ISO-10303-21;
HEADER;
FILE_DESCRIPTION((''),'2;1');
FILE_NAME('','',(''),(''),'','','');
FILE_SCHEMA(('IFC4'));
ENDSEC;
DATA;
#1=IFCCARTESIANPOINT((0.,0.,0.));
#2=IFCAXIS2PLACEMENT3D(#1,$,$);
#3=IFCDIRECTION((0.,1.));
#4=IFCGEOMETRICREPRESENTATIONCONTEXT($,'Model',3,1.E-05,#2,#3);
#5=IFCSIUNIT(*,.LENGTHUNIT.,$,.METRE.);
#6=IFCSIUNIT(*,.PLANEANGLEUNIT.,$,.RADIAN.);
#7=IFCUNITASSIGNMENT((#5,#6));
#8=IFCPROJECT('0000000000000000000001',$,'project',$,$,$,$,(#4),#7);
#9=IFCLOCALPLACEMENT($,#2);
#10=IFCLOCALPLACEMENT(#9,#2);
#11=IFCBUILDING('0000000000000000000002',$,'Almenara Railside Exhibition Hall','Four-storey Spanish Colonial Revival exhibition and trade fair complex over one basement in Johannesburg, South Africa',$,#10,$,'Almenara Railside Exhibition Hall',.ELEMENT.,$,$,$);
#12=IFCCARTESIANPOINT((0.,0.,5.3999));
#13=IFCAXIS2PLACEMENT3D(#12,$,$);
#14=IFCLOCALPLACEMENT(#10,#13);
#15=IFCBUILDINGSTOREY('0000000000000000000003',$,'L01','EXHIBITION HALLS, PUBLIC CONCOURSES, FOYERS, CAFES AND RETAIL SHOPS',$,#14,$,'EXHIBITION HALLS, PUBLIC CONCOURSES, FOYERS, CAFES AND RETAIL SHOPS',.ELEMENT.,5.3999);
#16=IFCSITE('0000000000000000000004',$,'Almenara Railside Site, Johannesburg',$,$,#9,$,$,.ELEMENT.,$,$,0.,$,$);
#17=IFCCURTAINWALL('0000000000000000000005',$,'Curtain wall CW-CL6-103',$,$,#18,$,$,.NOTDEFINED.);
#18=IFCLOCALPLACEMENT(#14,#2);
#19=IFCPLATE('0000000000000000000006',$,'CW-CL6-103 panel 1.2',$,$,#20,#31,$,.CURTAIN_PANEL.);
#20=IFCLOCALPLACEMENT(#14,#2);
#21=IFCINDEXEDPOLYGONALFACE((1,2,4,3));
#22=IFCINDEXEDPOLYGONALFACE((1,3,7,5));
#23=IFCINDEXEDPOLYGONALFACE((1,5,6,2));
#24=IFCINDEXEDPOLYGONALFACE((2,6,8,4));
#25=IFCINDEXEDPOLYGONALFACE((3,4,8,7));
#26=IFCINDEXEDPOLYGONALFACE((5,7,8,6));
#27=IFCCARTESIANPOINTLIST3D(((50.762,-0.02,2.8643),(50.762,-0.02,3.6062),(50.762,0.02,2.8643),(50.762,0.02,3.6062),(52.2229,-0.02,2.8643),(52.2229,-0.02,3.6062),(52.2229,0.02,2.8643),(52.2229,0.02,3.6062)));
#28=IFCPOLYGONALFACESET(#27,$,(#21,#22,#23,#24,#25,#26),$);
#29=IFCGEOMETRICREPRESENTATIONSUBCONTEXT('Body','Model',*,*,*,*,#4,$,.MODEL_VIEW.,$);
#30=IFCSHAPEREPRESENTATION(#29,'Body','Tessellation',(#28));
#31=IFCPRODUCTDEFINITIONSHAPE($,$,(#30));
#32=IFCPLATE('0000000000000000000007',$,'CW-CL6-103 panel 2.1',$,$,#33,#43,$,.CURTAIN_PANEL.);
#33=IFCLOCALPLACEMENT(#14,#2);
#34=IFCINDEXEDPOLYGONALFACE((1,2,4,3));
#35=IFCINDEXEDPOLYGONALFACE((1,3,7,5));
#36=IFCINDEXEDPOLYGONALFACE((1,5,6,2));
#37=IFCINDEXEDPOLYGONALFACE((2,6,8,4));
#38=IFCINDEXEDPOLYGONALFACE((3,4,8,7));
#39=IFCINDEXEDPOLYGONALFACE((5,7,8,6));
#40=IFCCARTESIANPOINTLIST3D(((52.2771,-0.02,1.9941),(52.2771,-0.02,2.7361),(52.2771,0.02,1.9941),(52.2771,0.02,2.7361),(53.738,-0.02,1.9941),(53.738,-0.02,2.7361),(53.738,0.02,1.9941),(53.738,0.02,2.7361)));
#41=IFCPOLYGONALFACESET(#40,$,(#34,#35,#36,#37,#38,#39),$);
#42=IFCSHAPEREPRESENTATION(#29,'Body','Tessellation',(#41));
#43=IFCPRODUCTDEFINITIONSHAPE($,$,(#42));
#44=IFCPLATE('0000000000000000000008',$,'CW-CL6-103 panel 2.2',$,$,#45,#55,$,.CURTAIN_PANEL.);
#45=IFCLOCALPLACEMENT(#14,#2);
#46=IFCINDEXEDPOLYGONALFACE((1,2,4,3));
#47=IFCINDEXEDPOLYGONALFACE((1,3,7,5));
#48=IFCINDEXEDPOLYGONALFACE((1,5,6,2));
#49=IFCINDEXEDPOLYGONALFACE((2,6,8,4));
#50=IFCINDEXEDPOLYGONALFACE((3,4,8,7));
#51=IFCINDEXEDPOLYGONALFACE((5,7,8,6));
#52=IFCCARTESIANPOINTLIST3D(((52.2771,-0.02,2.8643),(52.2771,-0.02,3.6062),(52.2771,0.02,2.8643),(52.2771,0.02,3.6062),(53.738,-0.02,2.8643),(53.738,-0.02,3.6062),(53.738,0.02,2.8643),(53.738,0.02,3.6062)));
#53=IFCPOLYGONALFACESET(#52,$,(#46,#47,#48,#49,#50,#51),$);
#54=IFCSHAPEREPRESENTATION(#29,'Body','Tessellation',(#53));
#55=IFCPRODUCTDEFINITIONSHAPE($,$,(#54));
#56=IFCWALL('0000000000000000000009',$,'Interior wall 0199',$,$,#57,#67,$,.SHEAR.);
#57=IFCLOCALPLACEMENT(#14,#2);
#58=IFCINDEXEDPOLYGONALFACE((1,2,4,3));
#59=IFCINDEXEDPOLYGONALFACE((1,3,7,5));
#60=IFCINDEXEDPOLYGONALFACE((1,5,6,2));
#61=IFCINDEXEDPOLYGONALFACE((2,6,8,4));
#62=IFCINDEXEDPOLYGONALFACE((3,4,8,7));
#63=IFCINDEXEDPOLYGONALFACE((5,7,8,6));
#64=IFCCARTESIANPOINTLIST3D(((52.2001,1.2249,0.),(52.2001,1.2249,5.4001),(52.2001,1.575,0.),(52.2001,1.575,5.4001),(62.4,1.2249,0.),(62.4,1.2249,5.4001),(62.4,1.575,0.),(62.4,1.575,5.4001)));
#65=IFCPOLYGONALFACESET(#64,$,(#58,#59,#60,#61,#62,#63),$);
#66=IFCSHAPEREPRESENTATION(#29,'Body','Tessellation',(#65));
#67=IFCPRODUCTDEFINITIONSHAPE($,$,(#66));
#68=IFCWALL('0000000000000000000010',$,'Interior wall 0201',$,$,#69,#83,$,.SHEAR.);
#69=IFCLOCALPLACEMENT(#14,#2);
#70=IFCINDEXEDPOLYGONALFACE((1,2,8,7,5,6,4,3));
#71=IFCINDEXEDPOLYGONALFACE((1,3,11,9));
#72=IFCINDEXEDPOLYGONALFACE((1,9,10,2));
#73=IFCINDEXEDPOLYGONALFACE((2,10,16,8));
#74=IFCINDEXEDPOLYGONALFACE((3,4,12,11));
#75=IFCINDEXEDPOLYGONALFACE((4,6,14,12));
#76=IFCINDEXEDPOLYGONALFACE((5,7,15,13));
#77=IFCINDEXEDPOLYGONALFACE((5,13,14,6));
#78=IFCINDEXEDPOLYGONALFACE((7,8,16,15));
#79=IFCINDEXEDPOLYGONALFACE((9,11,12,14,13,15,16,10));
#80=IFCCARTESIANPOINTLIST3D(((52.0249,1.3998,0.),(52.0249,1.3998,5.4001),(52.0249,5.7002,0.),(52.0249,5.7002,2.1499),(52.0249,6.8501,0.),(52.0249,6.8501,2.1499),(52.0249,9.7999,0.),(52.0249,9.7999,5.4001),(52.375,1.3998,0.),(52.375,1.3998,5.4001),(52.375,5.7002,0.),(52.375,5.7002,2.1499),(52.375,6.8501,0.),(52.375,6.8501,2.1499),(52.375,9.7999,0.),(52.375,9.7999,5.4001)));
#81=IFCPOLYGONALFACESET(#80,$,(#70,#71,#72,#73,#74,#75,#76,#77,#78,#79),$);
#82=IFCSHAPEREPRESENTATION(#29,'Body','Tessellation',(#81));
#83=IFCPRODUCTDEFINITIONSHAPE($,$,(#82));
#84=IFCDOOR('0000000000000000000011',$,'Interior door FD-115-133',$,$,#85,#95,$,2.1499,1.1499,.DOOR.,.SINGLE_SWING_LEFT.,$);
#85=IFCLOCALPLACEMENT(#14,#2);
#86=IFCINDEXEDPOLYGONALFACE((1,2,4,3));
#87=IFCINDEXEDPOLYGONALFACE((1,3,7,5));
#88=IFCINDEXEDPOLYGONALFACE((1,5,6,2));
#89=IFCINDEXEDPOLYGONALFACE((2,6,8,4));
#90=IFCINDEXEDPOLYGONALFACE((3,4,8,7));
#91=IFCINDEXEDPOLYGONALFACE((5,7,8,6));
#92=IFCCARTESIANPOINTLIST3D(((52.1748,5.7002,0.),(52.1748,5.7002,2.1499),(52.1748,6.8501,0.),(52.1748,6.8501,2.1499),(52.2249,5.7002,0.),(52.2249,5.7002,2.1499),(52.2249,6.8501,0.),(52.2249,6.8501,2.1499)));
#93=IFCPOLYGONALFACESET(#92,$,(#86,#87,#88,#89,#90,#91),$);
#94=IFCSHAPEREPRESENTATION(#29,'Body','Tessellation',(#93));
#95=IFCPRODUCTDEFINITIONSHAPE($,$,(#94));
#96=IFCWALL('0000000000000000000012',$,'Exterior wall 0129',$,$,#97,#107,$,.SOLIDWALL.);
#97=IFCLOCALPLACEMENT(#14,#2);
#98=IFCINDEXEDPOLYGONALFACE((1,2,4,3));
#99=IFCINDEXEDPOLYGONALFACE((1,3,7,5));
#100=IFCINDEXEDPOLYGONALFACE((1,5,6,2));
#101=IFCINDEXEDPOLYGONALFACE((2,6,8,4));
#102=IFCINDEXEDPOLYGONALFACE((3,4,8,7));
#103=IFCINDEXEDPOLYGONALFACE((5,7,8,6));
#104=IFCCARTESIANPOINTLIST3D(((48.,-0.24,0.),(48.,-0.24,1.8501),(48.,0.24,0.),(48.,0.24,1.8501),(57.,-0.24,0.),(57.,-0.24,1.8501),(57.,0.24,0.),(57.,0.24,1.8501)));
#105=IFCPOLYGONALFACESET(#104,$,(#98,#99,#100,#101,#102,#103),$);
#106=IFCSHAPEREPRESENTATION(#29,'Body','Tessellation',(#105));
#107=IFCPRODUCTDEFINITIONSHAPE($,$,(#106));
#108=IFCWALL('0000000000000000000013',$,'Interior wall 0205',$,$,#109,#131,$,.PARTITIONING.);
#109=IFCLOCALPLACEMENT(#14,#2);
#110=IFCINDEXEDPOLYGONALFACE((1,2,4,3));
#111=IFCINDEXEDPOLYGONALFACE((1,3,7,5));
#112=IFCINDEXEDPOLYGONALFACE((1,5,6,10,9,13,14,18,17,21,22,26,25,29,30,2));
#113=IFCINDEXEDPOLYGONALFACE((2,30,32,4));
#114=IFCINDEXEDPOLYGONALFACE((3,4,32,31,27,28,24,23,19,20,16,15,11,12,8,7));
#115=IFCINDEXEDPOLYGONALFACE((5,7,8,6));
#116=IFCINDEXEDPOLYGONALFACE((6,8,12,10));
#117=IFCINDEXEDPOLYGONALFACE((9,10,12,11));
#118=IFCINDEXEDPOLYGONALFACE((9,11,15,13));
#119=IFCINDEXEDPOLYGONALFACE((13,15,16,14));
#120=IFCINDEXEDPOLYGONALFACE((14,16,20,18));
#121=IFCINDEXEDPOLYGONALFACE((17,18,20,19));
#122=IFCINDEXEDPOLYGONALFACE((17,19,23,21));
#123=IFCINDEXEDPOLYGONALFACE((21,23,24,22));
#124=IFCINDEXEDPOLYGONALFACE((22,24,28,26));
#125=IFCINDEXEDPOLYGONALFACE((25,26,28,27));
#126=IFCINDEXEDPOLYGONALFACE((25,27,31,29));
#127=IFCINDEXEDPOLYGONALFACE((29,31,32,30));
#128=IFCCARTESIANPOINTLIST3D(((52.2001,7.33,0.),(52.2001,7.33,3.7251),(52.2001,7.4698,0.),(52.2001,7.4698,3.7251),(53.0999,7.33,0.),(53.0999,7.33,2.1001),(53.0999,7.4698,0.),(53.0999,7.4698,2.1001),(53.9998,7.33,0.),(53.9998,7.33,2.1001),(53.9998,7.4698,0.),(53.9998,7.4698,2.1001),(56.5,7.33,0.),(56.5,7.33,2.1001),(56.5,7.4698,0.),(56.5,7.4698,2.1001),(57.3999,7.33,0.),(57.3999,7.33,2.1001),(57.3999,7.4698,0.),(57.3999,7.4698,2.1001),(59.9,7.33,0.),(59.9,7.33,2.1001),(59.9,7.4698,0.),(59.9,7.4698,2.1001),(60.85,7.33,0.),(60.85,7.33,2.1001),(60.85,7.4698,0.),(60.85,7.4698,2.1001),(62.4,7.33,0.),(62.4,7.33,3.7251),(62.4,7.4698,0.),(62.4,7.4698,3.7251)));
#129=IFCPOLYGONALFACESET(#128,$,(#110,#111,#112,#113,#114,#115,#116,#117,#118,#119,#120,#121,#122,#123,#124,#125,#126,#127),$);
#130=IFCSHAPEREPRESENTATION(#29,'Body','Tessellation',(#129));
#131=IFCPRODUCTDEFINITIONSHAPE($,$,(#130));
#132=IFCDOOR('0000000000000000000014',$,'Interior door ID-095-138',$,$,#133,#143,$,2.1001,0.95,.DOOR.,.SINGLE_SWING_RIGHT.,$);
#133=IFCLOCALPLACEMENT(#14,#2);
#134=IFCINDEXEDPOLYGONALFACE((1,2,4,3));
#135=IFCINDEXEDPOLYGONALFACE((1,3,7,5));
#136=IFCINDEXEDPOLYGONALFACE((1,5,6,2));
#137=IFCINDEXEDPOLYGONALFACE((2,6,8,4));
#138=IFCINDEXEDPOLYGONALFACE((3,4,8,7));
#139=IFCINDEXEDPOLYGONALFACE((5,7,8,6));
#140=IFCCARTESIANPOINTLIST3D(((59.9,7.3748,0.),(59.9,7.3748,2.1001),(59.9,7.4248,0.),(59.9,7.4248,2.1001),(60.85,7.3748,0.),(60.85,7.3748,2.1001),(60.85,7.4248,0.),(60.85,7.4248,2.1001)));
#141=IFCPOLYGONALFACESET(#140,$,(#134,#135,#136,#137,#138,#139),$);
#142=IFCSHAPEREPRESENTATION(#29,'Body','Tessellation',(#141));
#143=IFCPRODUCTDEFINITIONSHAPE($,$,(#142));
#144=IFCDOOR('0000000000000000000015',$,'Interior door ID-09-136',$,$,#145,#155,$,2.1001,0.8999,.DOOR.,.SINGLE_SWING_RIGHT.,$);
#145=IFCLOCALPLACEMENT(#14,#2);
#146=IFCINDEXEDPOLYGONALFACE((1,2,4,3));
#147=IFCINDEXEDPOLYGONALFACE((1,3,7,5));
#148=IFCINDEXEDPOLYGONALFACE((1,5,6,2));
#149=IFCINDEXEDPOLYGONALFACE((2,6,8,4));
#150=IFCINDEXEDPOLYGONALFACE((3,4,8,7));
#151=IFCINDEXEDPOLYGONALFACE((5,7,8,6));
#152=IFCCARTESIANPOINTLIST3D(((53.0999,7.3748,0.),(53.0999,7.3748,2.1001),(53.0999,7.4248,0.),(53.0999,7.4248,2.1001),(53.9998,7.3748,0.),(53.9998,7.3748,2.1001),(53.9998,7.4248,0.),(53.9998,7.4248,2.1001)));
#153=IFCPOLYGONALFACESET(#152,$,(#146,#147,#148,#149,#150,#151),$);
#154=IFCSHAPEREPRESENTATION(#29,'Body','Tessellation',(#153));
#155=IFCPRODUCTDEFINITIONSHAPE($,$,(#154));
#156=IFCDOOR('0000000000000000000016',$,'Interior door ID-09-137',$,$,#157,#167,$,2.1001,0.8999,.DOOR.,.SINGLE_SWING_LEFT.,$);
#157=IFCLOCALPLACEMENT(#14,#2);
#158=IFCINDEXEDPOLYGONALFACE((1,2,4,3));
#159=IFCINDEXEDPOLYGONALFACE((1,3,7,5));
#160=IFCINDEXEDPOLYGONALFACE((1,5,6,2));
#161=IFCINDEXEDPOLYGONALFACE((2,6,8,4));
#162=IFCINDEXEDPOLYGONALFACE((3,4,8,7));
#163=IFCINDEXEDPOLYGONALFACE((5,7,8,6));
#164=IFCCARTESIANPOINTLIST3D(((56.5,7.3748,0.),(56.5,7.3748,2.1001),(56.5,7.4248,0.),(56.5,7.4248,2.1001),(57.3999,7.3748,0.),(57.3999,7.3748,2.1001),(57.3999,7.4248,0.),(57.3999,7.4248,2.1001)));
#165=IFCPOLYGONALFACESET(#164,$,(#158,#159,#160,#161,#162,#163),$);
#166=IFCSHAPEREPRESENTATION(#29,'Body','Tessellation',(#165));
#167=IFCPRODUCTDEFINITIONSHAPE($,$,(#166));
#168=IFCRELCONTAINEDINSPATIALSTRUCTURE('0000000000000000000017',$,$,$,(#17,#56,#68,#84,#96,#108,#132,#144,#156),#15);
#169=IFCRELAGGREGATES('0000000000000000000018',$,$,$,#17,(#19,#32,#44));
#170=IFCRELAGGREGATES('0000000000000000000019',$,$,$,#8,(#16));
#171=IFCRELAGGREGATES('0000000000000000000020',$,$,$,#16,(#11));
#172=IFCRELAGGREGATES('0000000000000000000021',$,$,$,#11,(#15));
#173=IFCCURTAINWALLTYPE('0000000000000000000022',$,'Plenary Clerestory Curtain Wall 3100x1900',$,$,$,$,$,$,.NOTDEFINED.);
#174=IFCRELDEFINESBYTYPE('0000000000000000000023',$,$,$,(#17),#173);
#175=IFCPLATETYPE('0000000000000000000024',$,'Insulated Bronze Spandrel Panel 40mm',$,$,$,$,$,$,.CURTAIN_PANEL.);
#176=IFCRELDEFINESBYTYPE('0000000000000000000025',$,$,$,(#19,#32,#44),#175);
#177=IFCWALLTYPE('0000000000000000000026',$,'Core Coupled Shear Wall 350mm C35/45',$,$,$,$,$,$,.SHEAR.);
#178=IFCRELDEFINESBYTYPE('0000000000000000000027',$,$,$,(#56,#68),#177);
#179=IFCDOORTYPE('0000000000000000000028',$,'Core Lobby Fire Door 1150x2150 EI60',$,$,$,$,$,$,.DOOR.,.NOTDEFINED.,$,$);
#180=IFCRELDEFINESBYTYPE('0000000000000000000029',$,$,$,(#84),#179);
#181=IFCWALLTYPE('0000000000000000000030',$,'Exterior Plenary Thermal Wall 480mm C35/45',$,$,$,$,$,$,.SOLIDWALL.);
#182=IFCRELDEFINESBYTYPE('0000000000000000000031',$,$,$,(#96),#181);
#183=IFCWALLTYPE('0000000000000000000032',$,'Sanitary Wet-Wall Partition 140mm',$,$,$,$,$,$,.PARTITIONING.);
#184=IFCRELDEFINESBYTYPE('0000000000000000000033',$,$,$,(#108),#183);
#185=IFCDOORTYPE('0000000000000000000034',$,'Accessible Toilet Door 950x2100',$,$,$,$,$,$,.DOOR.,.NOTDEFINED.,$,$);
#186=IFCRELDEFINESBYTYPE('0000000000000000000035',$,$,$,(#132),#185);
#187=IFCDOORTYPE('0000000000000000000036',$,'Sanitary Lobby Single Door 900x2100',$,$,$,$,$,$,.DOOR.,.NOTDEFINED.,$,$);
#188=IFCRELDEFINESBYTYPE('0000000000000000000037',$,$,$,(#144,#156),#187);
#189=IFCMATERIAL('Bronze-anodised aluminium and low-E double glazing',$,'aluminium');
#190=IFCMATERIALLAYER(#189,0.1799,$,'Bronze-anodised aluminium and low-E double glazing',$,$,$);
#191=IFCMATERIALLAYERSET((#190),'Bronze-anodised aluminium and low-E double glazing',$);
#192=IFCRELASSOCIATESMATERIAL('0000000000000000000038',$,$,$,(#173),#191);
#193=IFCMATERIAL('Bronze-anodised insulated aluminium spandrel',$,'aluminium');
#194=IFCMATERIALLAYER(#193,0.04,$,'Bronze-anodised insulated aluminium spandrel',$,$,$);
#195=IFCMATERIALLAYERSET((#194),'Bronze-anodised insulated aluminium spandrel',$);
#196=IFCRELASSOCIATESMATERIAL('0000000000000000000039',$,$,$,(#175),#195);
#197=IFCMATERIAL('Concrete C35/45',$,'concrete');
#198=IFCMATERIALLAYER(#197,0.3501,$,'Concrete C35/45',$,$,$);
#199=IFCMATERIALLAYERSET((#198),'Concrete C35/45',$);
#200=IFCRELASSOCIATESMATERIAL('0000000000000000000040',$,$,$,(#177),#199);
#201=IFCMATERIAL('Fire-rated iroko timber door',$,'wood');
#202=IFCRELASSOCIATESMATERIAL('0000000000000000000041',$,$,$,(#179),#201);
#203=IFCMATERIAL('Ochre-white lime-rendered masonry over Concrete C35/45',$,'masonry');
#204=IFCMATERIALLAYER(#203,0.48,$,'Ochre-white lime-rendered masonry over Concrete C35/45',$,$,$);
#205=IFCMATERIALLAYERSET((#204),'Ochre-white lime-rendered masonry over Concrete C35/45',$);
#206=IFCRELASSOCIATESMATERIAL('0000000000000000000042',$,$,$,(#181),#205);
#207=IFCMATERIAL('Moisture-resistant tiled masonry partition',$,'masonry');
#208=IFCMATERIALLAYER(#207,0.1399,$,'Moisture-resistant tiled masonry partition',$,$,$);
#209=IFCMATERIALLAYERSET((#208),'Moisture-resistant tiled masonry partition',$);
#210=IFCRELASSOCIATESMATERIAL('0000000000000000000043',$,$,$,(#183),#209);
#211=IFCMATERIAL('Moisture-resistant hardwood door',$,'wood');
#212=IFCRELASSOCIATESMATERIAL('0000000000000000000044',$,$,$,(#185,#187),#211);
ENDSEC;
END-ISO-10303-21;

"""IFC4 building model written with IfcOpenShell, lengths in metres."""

from ifc_helpers import new_model, si_unit, direction, frame, frame_2d, origin, origin_2d, place, context, subcontext, project, spatial, rectangle, extrude, material, layer, layer_set, type_object, element, fill, aggregate, save


model = new_model("IFC4")

# Units and contexts
model_context = context("Model", 3, precision=1e-05, world=origin(), true_north=direction((0.0, 1.0)))
body_context = subcontext(model_context, "Body", "Model", "MODEL_VIEW")
ifc_project = project(units=[si_unit("LENGTHUNIT", "METRE"), si_unit("PLANEANGLEUNIT", "RADIAN")], contexts=[model_context])

# Site, building, storey
site_placement = place(None, origin())
site = spatial("IfcSite", under=ifc_project, at=site_placement, Name="Almenara Railside Site, Johannesburg", CompositionType="ELEMENT", RefElevation=0.0)
building_placement = place(site_placement, origin())
building = spatial("IfcBuilding", under=site, at=building_placement, Name="Almenara Railside Exhibition Hall", Description="Four-storey Spanish Colonial Revival exhibition and trade fair complex over one basement in Johannesburg, South Africa", LongName="Almenara Railside Exhibition Hall", CompositionType="ELEMENT")
storey_placement = place(building_placement, frame((0.0, 0.0, 5.3999)))
storey = spatial("IfcBuildingStorey", under=building, at=storey_placement, Name="L01", Description="EXHIBITION HALLS, PUBLIC CONCOURSES, FOYERS, CAFES AND RETAIL SHOPS", LongName="EXHIBITION HALLS, PUBLIC CONCOURSES, FOYERS, CAFES AND RETAIL SHOPS", CompositionType="ELEMENT", Elevation=5.3999)

# Shared definitions
ifc_material_1 = material(Name="Concrete C35/45", Category="concrete")

# Curtain wall
ifc_material_2 = material(Name="Bronze-anodised aluminium and low-E double glazing", Category="aluminium")
ifc_layer_1 = layer(ifc_material_2, 0.1799, Name="Bronze-anodised aluminium and low-E double glazing")
ifc_layer_set_1 = layer_set([ifc_layer_1], Name="Bronze-anodised aluminium and low-E double glazing")
curtain_wall_type = type_object("IfcCurtainWallType", Name="Plenary Clerestory Curtain Wall 3100x1900", PredefinedType="NOTDEFINED", material=ifc_layer_set_1)
curtain_wall_placement = place(storey_placement, origin())
curtain_wall = element("IfcCurtainWall", 1, at=curtain_wall_placement, inside=storey, type_object=curtain_wall_type, Name="Curtain wall CW-CL6-103", PredefinedType="NOTDEFINED")

# Plates
ifc_material_3 = material(Name="Bronze-anodised insulated aluminium spandrel", Category="aluminium")
ifc_layer_2 = layer(ifc_material_3, 0.04, Name="Bronze-anodised insulated aluminium spandrel")
ifc_layer_set_2 = layer_set([ifc_layer_2], Name="Bronze-anodised insulated aluminium spandrel")
plate_type = type_object("IfcPlateType", Name="Insulated Bronze Spandrel Panel 40mm", PredefinedType="CURTAIN_PANEL", material=ifc_layer_set_2)
plate_1_placement = place(storey_placement, frame((51.4924, 0.0, 2.8643), z_axis=(0.0, 0.0, 1.0), x_axis=(1.0, 0.0, 0.0)))
plate_1 = element("IfcPlate", 2, at=plate_1_placement, type_object=plate_type, Name="CW-CL6-103 panel 1.2", PredefinedType="CURTAIN_PANEL", context=body_context, shape_type="SweptSolid", body=[
    extrude(rectangle(XDim=1.4609, YDim=0.04, at=origin_2d()), origin(), (0.0, 0.0, 1.0), 0.7419),
])
plate_2_placement = place(storey_placement, frame((53.0076, 0.0, 1.9941), z_axis=(0.0, 0.0, 1.0), x_axis=(1.0, 0.0, 0.0)))
plate_2 = element("IfcPlate", 3, at=plate_2_placement, type_object=plate_type, Name="CW-CL6-103 panel 2.1", PredefinedType="CURTAIN_PANEL", context=body_context, shape_type="SweptSolid", body=[
    extrude(rectangle(XDim=1.4609, YDim=0.04, at=origin_2d()), origin(), (0.0, 0.0, 1.0), 0.7419),
])
plate_3_placement = place(storey_placement, frame((53.0076, 0.0, 2.8643), z_axis=(0.0, 0.0, 1.0), x_axis=(1.0, 0.0, 0.0)))
plate_3 = element("IfcPlate", 4, at=plate_3_placement, type_object=plate_type, Name="CW-CL6-103 panel 2.2", PredefinedType="CURTAIN_PANEL", context=body_context, shape_type="SweptSolid", body=[
    extrude(rectangle(XDim=1.4609, YDim=0.04, at=origin_2d()), origin(), (0.0, 0.0, 1.0), 0.7419),
])
aggregate(curtain_wall, [plate_1, plate_2, plate_3])

# Wall
ifc_layer_3 = layer(ifc_material_1, 0.3501, Name="Concrete C35/45")
ifc_layer_set_3 = layer_set([ifc_layer_3], Name="Concrete C35/45")
wall_type_1 = type_object("IfcWallType", Name="Core Coupled Shear Wall 350mm C35/45", PredefinedType="SHEAR", material=ifc_layer_set_3)
wall_1_placement = place(storey_placement, frame((52.2, 1.3999, 0.0), z_axis=(0.0, 0.0, 1.0), x_axis=(1.0, 0.0, 0.0)))
element("IfcWall", 5, at=wall_1_placement, inside=storey, type_object=wall_type_1, Name="Interior wall 0199", PredefinedType="SHEAR", context=body_context, shape_type="SweptSolid", body=[
    extrude(rectangle(XDim=10.2, YDim=0.3501, at=frame_2d((5.1001, 0.0))), origin(), (0.0, 0.0, 1.0), 5.4001),
])

# Wall, opening, door
wall_2_placement = place(storey_placement, frame((52.2, 9.8, 0.0), z_axis=(0.0, 0.0, 1.0), x_axis=(0.0, -1.0, 0.0)))
wall_2 = element("IfcWall", 6, at=wall_2_placement, inside=storey, type_object=wall_type_1, Name="Interior wall 0201", PredefinedType="SHEAR", context=body_context, shape_type="SweptSolid", body=[
    extrude(rectangle(XDim=8.4001, YDim=0.3501, at=frame_2d((4.2002, 0.0))), origin(), (0.0, 0.0, 1.0), 5.4001),
])
opening_1_placement = place(wall_2_placement, frame((2.95, 0.0, 0.0)))
opening_1 = element("IfcOpeningElement", 7, at=opening_1_placement, cuts=wall_2, PredefinedType="OPENING", context=body_context, shape_type="SweptSolid", body=[
    extrude(rectangle(XDim=1.1499, YDim=2.1499, at=frame_2d((0.575, 1.075))), frame((0.0, 0.1851, 0.0), z_axis=(0.0, -1.0, 0.0), x_axis=(1.0, 0.0, 0.0)), (0.0, 0.0, 1.0), 0.3701),
])
ifc_material_4 = material(Name="Fire-rated iroko timber door", Category="wood")
door_type_1 = type_object("IfcDoorType", Name="Core Lobby Fire Door 1150x2150 EI60", OperationType="NOTDEFINED", PredefinedType="DOOR", material=ifc_material_4)
door_1_placement = place(opening_1_placement, origin())
door_1 = element("IfcDoor", 8, at=door_1_placement, inside=storey, type_object=door_type_1, Name="Interior door FD-115-133", OperationType="SINGLE_SWING_LEFT", OverallHeight=2.1499, OverallWidth=1.1499, PredefinedType="DOOR", context=body_context, shape_type="SweptSolid", body=[
    extrude(rectangle(XDim=1.1499, YDim=2.1499, at=frame_2d((0.575, 1.075))), frame((0.0, 0.0249, 0.0), z_axis=(0.0, -1.0, 0.0), x_axis=(1.0, 0.0, 0.0)), (0.0, 0.0, 1.0), 0.05),
])
fill(opening_1, door_1)

# Wall
ifc_material_5 = material(Name="Ochre-white lime-rendered masonry over Concrete C35/45", Category="masonry")
ifc_layer_4 = layer(ifc_material_5, 0.48, Name="Ochre-white lime-rendered masonry over Concrete C35/45")
ifc_layer_set_4 = layer_set([ifc_layer_4], Name="Ochre-white lime-rendered masonry over Concrete C35/45")
wall_type_2 = type_object("IfcWallType", Name="Exterior Plenary Thermal Wall 480mm C35/45", PredefinedType="SOLIDWALL", material=ifc_layer_set_4)
wall_3_placement = place(storey_placement, frame((48.0, 0.0, 0.0), z_axis=(0.0, 0.0, 1.0), x_axis=(1.0, 0.0, 0.0)))
element("IfcWall", 9, at=wall_3_placement, inside=storey, type_object=wall_type_2, Name="Exterior wall 0129", PredefinedType="SOLIDWALL", context=body_context, shape_type="SweptSolid", body=[
    extrude(rectangle(XDim=9.0, YDim=0.48, at=frame_2d((4.5, 0.0))), origin(), (0.0, 0.0, 1.0), 1.8501),
])

# Wall, openings, doors
ifc_material_6 = material(Name="Moisture-resistant tiled masonry partition", Category="masonry")
ifc_layer_5 = layer(ifc_material_6, 0.1399, Name="Moisture-resistant tiled masonry partition")
ifc_layer_set_5 = layer_set([ifc_layer_5], Name="Moisture-resistant tiled masonry partition")
wall_type_3 = type_object("IfcWallType", Name="Sanitary Wet-Wall Partition 140mm", PredefinedType="PARTITIONING", material=ifc_layer_set_5)
wall_4_placement = place(storey_placement, frame((52.2, 7.3999, 0.0), z_axis=(0.0, 0.0, 1.0), x_axis=(1.0, 0.0, 0.0)))
wall_4 = element("IfcWall", 10, at=wall_4_placement, inside=storey, type_object=wall_type_3, Name="Interior wall 0205", PredefinedType="PARTITIONING", context=body_context, shape_type="SweptSolid", body=[
    extrude(rectangle(XDim=10.2, YDim=0.1399, at=frame_2d((5.1001, 0.0))), origin(), (0.0, 0.0, 1.0), 3.7251),
])
opening_2_placement = place(wall_4_placement, frame((0.8999, 0.0, 0.0)))
opening_2 = element("IfcOpeningElement", 11, at=opening_2_placement, cuts=wall_4, PredefinedType="OPENING", context=body_context, shape_type="SweptSolid", body=[
    extrude(rectangle(XDim=0.8999, YDim=2.1001, at=frame_2d((0.45, 1.05))), frame((0.0, 0.0798, 0.0), z_axis=(0.0, -1.0, 0.0), x_axis=(1.0, 0.0, 0.0)), (0.0, 0.0, 1.0), 0.1599),
])
opening_3_placement = place(wall_4_placement, frame((4.3, 0.0, 0.0)))
opening_3 = element("IfcOpeningElement", 12, at=opening_3_placement, cuts=wall_4, PredefinedType="OPENING", context=body_context, shape_type="SweptSolid", body=[
    extrude(rectangle(XDim=0.8999, YDim=2.1001, at=frame_2d((0.45, 1.05))), frame((0.0, 0.0798, 0.0), z_axis=(0.0, -1.0, 0.0), x_axis=(1.0, 0.0, 0.0)), (0.0, 0.0, 1.0), 0.1599),
])
opening_4_placement = place(wall_4_placement, frame((7.7, 0.0, 0.0)))
opening_4 = element("IfcOpeningElement", 13, at=opening_4_placement, cuts=wall_4, PredefinedType="OPENING", context=body_context, shape_type="SweptSolid", body=[
    extrude(rectangle(XDim=0.95, YDim=2.1001, at=frame_2d((0.4751, 1.05))), frame((0.0, 0.0798, 0.0), z_axis=(0.0, -1.0, 0.0), x_axis=(1.0, 0.0, 0.0)), (0.0, 0.0, 1.0), 0.1599),
])
ifc_material_7 = material(Name="Moisture-resistant hardwood door", Category="wood")
door_type_2 = type_object("IfcDoorType", Name="Accessible Toilet Door 950x2100", OperationType="NOTDEFINED", PredefinedType="DOOR", material=ifc_material_7)
door_2_placement = place(opening_4_placement, origin())
door_2 = element("IfcDoor", 14, at=door_2_placement, inside=storey, type_object=door_type_2, Name="Interior door ID-095-138", OperationType="SINGLE_SWING_RIGHT", OverallHeight=2.1001, OverallWidth=0.95, PredefinedType="DOOR", context=body_context, shape_type="SweptSolid", body=[
    extrude(rectangle(XDim=0.95, YDim=2.1001, at=frame_2d((0.4751, 1.05))), frame((0.0, 0.0249, 0.0), z_axis=(0.0, -1.0, 0.0), x_axis=(1.0, 0.0, 0.0)), (0.0, 0.0, 1.0), 0.05),
])
fill(opening_4, door_2)
door_type_3 = type_object("IfcDoorType", Name="Sanitary Lobby Single Door 900x2100", OperationType="NOTDEFINED", PredefinedType="DOOR", material=ifc_material_7)
door_3_placement = place(opening_2_placement, origin())
door_3 = element("IfcDoor", 15, at=door_3_placement, inside=storey, type_object=door_type_3, Name="Interior door ID-09-136", OperationType="SINGLE_SWING_RIGHT", OverallHeight=2.1001, OverallWidth=0.8999, PredefinedType="DOOR", context=body_context, shape_type="SweptSolid", body=[
    extrude(rectangle(XDim=0.8999, YDim=2.1001, at=frame_2d((0.45, 1.05))), frame((0.0, 0.0249, 0.0), z_axis=(0.0, -1.0, 0.0), x_axis=(1.0, 0.0, 0.0)), (0.0, 0.0, 1.0), 0.05),
])
fill(opening_2, door_3)
door_4_placement = place(opening_3_placement, origin())
door_4 = element("IfcDoor", 16, at=door_4_placement, inside=storey, type_object=door_type_3, Name="Interior door ID-09-137", OperationType="SINGLE_SWING_LEFT", OverallHeight=2.1001, OverallWidth=0.8999, PredefinedType="DOOR", context=body_context, shape_type="SweptSolid", body=[
    extrude(rectangle(XDim=0.8999, YDim=2.1001, at=frame_2d((0.45, 1.05))), frame((0.0, 0.0249, 0.0), z_axis=(0.0, -1.0, 0.0), x_axis=(1.0, 0.0, 0.0)), (0.0, 0.0, 1.0), 0.05),
])
fill(opening_3, door_4)

save(model, "model.ifc")
